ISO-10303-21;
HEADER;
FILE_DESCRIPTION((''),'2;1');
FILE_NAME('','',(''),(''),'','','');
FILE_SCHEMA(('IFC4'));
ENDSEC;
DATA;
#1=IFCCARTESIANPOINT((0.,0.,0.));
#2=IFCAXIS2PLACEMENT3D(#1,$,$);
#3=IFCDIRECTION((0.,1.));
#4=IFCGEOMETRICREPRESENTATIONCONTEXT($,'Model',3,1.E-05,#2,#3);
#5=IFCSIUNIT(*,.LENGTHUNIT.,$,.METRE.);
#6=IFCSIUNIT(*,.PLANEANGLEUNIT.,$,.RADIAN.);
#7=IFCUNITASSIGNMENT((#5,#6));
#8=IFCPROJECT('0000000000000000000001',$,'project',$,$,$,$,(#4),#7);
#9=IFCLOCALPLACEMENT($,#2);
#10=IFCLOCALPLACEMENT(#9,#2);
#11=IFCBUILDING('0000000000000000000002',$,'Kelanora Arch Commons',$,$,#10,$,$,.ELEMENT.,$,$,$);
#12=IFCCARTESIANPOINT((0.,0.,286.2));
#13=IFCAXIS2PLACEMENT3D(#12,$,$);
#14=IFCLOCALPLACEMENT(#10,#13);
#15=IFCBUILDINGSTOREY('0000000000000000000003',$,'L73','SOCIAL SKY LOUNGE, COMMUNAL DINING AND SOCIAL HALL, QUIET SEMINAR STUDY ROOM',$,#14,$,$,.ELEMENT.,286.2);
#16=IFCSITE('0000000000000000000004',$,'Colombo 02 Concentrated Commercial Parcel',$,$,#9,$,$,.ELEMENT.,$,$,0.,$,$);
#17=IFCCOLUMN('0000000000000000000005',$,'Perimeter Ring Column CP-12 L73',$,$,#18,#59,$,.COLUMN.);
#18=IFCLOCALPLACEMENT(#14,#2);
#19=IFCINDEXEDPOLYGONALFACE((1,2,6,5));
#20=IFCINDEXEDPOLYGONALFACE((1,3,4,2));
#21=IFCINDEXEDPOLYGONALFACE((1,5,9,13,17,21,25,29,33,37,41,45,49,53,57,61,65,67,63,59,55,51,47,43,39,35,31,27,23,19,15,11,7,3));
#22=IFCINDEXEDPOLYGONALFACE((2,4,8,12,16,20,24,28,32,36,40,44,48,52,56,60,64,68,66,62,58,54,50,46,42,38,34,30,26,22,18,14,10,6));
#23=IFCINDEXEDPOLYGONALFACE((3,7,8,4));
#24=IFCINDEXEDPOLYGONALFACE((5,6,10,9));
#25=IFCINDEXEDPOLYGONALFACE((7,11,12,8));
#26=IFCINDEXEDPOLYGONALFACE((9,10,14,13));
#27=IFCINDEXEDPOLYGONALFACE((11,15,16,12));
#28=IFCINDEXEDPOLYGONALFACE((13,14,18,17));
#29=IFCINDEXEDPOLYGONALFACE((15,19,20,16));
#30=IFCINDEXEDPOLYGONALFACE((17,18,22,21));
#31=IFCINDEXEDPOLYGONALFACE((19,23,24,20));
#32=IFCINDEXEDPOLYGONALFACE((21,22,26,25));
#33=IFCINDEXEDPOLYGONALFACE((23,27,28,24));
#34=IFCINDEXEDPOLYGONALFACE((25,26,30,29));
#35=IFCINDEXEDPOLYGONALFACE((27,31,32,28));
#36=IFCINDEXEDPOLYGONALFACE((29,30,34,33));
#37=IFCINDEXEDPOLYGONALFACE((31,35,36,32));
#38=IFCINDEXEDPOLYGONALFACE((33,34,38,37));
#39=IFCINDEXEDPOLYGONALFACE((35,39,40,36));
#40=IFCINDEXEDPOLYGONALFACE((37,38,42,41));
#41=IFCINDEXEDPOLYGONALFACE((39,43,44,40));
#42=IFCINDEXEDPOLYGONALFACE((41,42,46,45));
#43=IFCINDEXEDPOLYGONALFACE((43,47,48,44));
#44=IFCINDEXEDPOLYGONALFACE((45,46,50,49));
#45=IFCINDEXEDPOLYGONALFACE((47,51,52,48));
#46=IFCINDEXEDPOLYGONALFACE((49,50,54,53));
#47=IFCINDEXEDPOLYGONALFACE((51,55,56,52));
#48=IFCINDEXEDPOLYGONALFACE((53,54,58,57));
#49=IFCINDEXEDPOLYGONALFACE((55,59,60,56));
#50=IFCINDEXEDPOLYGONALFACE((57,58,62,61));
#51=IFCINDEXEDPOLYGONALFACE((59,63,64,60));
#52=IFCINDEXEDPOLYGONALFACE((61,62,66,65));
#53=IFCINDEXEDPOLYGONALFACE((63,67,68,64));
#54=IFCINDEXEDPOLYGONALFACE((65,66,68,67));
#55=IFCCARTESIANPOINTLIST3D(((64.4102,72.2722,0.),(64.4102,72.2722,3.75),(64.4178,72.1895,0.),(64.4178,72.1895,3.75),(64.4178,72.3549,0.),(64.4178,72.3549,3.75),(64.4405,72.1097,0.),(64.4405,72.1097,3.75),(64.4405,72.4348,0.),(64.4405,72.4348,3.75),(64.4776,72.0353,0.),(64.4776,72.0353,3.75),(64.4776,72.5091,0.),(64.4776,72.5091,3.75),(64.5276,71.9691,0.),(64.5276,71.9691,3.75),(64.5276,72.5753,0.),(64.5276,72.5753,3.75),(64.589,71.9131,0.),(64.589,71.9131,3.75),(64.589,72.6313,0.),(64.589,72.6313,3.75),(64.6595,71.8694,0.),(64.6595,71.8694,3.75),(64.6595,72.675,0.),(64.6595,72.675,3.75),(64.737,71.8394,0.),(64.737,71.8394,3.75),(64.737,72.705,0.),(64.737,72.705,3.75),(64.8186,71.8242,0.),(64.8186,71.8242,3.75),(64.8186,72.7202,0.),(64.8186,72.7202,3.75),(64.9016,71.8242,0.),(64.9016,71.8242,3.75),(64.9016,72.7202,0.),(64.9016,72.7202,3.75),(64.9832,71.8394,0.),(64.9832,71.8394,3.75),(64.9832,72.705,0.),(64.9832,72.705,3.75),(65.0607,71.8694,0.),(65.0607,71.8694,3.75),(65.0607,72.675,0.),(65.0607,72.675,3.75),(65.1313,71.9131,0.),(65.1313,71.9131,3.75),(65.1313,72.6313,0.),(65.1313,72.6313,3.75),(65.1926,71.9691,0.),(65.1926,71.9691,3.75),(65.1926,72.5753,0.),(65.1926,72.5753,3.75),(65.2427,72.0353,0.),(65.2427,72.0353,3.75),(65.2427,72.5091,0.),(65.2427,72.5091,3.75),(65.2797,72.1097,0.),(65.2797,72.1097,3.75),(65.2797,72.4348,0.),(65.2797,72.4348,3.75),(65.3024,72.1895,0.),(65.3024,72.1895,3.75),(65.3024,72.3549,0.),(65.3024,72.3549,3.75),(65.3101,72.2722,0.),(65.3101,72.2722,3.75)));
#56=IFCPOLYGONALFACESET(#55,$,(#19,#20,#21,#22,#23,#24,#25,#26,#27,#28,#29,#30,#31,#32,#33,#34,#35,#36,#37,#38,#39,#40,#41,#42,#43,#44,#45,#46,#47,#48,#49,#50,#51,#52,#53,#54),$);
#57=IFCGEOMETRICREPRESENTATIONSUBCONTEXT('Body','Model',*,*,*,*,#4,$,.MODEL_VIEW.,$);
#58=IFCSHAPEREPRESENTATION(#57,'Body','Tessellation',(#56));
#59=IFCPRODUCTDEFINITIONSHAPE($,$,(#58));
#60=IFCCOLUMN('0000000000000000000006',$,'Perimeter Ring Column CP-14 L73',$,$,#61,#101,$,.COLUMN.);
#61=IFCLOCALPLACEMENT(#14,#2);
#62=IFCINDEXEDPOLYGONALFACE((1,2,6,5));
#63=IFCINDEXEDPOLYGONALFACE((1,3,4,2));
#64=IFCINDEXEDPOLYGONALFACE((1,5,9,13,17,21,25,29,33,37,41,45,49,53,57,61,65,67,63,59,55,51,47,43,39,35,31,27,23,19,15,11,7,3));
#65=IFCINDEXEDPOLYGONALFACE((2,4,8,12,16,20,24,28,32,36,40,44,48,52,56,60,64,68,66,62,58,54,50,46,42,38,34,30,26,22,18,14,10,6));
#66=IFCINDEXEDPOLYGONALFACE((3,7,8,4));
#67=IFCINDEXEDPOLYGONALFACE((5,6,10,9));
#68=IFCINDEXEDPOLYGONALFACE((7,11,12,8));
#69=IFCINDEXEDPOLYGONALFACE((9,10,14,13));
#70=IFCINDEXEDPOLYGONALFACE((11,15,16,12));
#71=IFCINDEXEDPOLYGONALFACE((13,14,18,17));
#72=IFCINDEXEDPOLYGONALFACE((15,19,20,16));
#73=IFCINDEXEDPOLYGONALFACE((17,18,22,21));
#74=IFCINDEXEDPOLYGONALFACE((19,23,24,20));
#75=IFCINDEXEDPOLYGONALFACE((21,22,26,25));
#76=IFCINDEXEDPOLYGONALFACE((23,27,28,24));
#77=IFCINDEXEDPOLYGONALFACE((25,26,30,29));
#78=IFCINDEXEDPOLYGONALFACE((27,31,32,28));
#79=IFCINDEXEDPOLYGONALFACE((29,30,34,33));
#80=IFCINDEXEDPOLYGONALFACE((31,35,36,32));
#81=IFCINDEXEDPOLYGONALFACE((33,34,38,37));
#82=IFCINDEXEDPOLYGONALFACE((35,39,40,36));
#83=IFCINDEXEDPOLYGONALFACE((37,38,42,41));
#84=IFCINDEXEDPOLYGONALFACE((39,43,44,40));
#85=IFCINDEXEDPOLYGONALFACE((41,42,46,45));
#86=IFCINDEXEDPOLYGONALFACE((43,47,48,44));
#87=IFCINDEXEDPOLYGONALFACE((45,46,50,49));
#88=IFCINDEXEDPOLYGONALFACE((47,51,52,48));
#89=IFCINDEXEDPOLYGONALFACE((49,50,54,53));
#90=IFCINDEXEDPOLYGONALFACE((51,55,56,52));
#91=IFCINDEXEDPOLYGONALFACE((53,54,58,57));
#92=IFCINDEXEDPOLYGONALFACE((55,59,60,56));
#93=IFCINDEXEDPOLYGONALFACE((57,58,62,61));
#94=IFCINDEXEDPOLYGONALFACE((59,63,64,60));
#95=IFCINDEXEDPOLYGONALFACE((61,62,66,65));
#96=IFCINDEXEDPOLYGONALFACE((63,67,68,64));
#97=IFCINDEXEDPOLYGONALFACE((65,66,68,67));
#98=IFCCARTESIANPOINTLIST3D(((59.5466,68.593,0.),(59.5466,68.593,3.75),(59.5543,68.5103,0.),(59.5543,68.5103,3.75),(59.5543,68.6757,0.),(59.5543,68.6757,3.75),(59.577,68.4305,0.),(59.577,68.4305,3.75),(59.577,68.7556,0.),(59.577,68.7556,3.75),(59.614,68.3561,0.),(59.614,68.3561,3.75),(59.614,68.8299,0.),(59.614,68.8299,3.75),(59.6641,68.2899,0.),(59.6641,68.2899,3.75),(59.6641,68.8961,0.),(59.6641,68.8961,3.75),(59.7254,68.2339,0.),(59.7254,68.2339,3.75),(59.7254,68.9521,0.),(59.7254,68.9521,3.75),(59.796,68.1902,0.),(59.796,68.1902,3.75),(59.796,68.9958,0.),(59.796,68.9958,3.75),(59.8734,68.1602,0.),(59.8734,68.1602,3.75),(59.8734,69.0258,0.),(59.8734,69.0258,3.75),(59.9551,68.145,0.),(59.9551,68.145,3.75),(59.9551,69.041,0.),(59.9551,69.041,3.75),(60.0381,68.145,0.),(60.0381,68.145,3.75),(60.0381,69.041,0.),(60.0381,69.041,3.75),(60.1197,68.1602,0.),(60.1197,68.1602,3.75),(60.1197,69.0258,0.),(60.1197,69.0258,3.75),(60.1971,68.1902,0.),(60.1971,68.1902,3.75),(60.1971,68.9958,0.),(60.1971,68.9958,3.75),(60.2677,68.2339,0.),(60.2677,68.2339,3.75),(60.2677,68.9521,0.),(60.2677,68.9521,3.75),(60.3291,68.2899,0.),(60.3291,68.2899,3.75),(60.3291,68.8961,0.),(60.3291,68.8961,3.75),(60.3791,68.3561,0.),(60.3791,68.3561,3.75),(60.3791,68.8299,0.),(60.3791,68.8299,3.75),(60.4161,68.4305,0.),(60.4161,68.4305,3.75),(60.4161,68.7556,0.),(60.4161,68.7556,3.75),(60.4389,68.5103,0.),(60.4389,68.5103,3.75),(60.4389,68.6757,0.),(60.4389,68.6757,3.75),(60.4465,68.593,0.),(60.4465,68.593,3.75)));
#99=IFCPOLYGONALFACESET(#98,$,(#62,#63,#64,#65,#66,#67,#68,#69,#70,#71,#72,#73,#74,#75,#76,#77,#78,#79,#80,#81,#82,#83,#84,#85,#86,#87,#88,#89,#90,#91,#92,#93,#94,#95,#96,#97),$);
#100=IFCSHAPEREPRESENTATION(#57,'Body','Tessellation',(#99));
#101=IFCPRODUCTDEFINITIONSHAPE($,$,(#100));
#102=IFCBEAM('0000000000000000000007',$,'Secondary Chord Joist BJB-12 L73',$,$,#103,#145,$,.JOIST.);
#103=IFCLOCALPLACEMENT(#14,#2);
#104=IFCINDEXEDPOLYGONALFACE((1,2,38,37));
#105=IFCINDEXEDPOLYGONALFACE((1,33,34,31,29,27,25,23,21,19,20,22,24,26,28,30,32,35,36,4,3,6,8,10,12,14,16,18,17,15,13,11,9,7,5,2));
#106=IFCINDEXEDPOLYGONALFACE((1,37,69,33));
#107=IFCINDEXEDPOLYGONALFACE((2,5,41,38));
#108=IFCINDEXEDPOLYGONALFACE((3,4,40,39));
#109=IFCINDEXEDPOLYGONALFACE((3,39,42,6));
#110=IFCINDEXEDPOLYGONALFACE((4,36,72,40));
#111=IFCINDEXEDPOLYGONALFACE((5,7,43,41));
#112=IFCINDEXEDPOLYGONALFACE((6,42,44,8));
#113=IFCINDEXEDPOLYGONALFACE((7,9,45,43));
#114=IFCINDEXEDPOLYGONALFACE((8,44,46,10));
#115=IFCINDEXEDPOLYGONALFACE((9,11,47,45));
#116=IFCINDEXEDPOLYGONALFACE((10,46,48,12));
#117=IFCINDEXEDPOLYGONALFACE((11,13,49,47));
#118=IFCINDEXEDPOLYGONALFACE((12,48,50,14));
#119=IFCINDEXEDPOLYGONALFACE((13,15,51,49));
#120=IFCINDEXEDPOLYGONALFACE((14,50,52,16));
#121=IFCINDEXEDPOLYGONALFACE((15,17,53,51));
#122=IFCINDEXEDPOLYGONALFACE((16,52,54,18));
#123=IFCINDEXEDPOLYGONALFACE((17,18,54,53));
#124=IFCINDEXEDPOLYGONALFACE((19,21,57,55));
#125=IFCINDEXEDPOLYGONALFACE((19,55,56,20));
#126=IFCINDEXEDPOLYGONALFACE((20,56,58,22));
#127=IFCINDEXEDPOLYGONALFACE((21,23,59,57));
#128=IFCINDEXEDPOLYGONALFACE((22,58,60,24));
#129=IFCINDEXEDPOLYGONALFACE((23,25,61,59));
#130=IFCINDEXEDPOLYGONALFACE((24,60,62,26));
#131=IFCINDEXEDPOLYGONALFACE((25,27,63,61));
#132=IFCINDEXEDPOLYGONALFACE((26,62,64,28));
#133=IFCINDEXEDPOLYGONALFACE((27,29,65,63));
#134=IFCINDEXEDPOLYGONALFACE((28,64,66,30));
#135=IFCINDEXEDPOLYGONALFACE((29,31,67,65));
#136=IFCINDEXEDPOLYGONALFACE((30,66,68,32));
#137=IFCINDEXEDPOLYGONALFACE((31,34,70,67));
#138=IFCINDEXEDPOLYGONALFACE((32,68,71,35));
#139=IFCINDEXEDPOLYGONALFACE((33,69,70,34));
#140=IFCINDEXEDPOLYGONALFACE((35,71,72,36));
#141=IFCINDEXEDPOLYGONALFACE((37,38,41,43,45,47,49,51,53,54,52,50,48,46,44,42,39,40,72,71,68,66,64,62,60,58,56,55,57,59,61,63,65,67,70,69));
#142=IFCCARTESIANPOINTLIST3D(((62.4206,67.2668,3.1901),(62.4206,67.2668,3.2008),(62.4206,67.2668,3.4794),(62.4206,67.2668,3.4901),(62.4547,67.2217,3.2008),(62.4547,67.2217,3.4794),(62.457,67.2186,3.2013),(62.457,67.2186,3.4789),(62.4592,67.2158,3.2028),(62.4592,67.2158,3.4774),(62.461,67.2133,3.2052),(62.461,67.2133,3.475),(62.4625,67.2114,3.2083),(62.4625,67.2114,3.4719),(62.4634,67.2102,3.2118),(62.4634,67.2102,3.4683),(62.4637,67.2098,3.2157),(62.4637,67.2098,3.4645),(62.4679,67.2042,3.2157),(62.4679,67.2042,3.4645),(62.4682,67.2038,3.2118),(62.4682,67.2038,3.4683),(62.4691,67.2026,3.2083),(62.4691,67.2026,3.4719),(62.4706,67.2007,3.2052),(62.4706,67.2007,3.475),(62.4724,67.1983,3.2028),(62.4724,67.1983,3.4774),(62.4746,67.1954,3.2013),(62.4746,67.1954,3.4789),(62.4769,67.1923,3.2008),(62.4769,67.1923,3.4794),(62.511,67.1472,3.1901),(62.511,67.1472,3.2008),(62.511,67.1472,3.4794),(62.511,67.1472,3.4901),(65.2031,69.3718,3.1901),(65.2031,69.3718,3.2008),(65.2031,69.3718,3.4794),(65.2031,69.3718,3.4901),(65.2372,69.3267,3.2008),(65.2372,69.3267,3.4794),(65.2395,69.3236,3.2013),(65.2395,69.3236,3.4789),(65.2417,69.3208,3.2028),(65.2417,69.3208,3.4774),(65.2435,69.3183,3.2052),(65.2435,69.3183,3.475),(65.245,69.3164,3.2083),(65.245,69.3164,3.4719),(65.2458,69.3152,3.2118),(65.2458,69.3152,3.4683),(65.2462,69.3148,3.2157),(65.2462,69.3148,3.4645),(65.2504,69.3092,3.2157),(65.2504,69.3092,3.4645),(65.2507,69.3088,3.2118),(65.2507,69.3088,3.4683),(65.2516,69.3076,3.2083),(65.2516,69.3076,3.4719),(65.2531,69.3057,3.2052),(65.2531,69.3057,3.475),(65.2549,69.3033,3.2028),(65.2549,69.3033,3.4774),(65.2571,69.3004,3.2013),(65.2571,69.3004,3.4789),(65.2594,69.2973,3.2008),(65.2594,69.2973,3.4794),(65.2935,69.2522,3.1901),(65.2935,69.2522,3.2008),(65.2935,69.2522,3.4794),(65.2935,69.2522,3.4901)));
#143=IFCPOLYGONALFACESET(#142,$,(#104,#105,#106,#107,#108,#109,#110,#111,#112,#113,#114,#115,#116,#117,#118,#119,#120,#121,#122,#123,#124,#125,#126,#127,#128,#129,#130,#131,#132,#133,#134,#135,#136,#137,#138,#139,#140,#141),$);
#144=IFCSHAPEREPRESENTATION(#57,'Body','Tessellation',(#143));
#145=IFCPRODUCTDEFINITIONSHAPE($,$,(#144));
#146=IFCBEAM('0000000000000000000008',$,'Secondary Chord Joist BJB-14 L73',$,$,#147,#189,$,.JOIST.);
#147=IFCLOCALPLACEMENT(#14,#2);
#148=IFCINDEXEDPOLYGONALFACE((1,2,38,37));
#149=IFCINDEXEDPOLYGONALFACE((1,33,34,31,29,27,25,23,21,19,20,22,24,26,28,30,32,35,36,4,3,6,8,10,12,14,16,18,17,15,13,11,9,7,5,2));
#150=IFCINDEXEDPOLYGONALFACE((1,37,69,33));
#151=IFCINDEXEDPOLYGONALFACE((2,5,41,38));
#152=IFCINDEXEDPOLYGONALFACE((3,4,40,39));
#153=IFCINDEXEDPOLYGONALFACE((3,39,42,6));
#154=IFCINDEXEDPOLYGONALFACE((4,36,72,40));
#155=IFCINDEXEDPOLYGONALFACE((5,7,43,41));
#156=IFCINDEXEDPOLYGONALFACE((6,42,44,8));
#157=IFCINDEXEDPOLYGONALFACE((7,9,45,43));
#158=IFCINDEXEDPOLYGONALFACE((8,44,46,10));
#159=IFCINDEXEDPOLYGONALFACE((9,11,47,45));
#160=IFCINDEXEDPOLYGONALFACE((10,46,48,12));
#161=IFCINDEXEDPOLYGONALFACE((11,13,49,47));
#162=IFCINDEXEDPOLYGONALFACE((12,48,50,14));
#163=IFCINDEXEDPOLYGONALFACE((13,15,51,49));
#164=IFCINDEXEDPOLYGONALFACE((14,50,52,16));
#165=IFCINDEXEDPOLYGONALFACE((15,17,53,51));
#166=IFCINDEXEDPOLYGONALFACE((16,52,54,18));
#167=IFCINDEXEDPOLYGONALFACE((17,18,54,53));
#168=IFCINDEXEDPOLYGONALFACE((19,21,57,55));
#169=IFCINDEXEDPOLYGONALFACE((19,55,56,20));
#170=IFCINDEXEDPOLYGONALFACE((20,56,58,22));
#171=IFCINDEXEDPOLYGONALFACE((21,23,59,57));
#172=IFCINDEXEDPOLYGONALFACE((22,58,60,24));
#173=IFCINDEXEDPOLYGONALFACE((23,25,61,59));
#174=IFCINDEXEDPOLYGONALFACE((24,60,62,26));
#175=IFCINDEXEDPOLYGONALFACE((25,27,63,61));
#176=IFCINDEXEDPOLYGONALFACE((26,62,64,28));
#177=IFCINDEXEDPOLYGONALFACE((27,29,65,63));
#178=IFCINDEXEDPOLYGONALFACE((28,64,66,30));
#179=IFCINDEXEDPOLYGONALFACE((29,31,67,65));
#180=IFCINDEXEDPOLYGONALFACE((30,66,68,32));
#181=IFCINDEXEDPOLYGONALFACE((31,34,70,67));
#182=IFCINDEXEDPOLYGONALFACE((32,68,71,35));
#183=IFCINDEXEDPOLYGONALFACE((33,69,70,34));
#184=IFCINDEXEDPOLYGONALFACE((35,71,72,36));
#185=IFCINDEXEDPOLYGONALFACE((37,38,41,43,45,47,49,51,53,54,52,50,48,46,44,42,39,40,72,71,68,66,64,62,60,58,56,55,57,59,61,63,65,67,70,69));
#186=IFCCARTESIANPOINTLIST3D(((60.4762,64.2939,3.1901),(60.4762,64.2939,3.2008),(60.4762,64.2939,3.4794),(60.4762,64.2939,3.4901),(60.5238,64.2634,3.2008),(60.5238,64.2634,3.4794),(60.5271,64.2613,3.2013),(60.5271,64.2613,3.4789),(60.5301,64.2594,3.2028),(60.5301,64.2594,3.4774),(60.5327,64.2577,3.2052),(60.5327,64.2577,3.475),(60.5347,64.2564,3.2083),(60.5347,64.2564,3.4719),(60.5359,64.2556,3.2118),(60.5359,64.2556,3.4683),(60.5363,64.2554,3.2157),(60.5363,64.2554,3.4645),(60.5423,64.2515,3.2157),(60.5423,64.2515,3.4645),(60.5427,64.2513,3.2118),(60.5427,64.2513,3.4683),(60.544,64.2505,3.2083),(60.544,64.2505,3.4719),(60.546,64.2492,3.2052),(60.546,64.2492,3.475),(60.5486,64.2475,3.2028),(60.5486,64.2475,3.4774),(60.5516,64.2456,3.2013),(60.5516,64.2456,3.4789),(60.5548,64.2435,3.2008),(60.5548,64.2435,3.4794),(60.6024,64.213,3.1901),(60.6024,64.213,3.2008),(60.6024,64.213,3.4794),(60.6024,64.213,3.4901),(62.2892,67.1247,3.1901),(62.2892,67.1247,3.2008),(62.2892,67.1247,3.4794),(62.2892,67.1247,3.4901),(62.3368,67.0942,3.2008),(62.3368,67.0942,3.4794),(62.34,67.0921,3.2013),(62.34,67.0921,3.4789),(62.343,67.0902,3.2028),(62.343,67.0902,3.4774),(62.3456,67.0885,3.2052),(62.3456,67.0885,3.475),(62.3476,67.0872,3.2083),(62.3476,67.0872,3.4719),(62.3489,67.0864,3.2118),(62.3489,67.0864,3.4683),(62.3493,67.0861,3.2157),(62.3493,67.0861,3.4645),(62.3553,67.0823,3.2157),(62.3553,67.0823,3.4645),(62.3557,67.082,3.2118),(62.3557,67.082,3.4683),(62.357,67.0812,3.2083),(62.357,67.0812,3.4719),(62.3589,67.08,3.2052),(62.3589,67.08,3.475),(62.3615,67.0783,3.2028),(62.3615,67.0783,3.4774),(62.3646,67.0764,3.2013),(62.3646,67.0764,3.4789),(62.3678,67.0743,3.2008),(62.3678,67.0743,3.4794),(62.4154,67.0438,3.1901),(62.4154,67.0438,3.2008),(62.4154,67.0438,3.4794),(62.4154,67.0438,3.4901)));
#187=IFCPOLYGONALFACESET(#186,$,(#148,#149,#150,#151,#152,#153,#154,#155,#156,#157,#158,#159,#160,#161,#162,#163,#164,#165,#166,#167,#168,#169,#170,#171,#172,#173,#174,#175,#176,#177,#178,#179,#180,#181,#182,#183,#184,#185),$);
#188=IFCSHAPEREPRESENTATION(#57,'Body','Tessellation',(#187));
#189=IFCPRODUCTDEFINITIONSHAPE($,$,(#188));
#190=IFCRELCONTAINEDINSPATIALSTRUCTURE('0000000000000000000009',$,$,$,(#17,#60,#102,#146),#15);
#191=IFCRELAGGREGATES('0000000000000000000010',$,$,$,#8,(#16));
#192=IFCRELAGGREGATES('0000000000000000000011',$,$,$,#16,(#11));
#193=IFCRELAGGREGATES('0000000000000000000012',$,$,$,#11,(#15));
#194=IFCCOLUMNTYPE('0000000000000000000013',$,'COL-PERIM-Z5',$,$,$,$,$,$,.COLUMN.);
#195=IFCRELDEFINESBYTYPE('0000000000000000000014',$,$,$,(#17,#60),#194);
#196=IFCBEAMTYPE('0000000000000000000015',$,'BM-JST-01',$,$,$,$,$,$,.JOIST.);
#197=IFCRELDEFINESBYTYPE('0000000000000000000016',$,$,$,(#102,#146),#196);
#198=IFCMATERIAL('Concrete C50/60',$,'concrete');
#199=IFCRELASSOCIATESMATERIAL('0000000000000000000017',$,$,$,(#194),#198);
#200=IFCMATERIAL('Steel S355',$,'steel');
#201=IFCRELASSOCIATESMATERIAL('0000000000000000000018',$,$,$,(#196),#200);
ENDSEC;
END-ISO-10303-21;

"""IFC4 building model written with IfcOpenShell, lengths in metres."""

from ifc_helpers import new_model, si_unit, direction, frame, origin, origin_2d, place, context, subcontext, project, spatial, circle, i_section, extrude, material, material_profile, profile_set, type_object, element, save


model = new_model("IFC4")

# Units and contexts
model_context = context("Model", 3, precision=1e-05, world=origin(), true_north=direction((0.0, 1.0)))
body_context = subcontext(model_context, "Body", "Model", "MODEL_VIEW")
ifc_project = project(units=[si_unit("LENGTHUNIT", "METRE"), si_unit("PLANEANGLEUNIT", "RADIAN")], contexts=[model_context])

# Site, building, storey
site_placement = place(None, origin())
site = spatial("IfcSite", under=ifc_project, at=site_placement, Name="Colombo 02 Concentrated Commercial Parcel", CompositionType="ELEMENT", RefElevation=0.0)
building_placement = place(site_placement, origin())
building = spatial("IfcBuilding", under=site, at=building_placement, Name="Kelanora Arch Commons", CompositionType="ELEMENT")
storey_placement = place(building_placement, frame((0.0, 0.0, 286.2)))
storey = spatial("IfcBuildingStorey", under=building, at=storey_placement, Name="L73", Description="SOCIAL SKY LOUNGE, COMMUNAL DINING AND SOCIAL HALL, QUIET SEMINAR STUDY ROOM", CompositionType="ELEMENT", Elevation=286.2)

# Columns
ifc_material_1 = material(Name="Concrete C50/60", Category="concrete")
ifc_material_profile_1 = material_profile(ifc_material_1, circle(Radius=0.45, at=origin_2d()), Name="RCC900")
ifc_profile_set_1 = profile_set([ifc_material_profile_1], Name="Concrete C50/60")
column_type = type_object("IfcColumnType", Name="COL-PERIM-Z5", PredefinedType="COLUMN", material=ifc_profile_set_1)
for number, where, z_axis, x_axis, name in (
    (1, (64.8601, 72.2722, 0.0), (0.0, 0.0, 1.0), (1.0, 0.0, 0.0), "Perimeter Ring Column CP-12 L73"),
    (2, (59.9966, 68.593, 0.0), (0.0, 0.0, 1.0), (1.0, 0.0, 0.0), "Perimeter Ring Column CP-14 L73"),
):
    element("IfcColumn", number, at=place(storey_placement, frame(where, z_axis=z_axis, x_axis=x_axis)), inside=storey, type_object=column_type, Name=name, PredefinedType="COLUMN", context=body_context, shape_type="SweptSolid", body=[
        extrude(circle(Radius=0.45, at=origin_2d()), origin(), (0.0, 0.0, 1.0), 3.75),
    ])

# Beams
ifc_material_2 = material(Name="Steel S355", Category="steel")
ifc_material_profile_2 = material_profile(ifc_material_2, i_section(OverallWidth=0.1499, OverallDepth=0.3, WebThickness=0.0071, FlangeThickness=0.0107, FilletRadius=0.0149, at=origin_2d()), Name="IPE300")
ifc_profile_set_2 = profile_set([ifc_material_profile_2], Name="Steel S355")
beam_type_1 = type_object("IfcBeamType", Name="BM-JST-01", PredefinedType="JOIST", material=ifc_profile_set_2)
beam_1_placement = place(storey_placement, frame((65.2483, 69.312, 3.3401), z_axis=(-0.797499, -0.60332, 0.0), x_axis=(0.60332, -0.797499, 0.0)))
element("IfcBeam", 3, at=beam_1_placement, inside=storey, type_object=beam_type_1, Name="Secondary Chord Joist BJB-12 L73", PredefinedType="JOIST", context=body_context, shape_type="SweptSolid", body=[
    extrude(i_section(OverallWidth=0.1499, OverallDepth=0.3, WebThickness=0.0071, FlangeThickness=0.0107, FilletRadius=0.0149, at=origin_2d()), origin(), (0.0, 0.0, 1.0), 3.489),
])
beam_2_placement = place(storey_placement, frame((62.3523, 67.0842, 3.3401), z_axis=(-0.539322, -0.8421, 0.0), x_axis=(0.8421, -0.539322, 0.0)))
element("IfcBeam", 4, at=beam_2_placement, inside=storey, type_object=beam_type_1, Name="Secondary Chord Joist BJB-14 L73", PredefinedType="JOIST", context=body_context, shape_type="SweptSolid", body=[
    extrude(i_section(OverallWidth=0.1499, OverallDepth=0.3, WebThickness=0.0071, FlangeThickness=0.0107, FilletRadius=0.0149, at=origin_2d()), origin(), (0.0, 0.0, 1.0), 3.3616),
])

save(model, "model.ifc")
